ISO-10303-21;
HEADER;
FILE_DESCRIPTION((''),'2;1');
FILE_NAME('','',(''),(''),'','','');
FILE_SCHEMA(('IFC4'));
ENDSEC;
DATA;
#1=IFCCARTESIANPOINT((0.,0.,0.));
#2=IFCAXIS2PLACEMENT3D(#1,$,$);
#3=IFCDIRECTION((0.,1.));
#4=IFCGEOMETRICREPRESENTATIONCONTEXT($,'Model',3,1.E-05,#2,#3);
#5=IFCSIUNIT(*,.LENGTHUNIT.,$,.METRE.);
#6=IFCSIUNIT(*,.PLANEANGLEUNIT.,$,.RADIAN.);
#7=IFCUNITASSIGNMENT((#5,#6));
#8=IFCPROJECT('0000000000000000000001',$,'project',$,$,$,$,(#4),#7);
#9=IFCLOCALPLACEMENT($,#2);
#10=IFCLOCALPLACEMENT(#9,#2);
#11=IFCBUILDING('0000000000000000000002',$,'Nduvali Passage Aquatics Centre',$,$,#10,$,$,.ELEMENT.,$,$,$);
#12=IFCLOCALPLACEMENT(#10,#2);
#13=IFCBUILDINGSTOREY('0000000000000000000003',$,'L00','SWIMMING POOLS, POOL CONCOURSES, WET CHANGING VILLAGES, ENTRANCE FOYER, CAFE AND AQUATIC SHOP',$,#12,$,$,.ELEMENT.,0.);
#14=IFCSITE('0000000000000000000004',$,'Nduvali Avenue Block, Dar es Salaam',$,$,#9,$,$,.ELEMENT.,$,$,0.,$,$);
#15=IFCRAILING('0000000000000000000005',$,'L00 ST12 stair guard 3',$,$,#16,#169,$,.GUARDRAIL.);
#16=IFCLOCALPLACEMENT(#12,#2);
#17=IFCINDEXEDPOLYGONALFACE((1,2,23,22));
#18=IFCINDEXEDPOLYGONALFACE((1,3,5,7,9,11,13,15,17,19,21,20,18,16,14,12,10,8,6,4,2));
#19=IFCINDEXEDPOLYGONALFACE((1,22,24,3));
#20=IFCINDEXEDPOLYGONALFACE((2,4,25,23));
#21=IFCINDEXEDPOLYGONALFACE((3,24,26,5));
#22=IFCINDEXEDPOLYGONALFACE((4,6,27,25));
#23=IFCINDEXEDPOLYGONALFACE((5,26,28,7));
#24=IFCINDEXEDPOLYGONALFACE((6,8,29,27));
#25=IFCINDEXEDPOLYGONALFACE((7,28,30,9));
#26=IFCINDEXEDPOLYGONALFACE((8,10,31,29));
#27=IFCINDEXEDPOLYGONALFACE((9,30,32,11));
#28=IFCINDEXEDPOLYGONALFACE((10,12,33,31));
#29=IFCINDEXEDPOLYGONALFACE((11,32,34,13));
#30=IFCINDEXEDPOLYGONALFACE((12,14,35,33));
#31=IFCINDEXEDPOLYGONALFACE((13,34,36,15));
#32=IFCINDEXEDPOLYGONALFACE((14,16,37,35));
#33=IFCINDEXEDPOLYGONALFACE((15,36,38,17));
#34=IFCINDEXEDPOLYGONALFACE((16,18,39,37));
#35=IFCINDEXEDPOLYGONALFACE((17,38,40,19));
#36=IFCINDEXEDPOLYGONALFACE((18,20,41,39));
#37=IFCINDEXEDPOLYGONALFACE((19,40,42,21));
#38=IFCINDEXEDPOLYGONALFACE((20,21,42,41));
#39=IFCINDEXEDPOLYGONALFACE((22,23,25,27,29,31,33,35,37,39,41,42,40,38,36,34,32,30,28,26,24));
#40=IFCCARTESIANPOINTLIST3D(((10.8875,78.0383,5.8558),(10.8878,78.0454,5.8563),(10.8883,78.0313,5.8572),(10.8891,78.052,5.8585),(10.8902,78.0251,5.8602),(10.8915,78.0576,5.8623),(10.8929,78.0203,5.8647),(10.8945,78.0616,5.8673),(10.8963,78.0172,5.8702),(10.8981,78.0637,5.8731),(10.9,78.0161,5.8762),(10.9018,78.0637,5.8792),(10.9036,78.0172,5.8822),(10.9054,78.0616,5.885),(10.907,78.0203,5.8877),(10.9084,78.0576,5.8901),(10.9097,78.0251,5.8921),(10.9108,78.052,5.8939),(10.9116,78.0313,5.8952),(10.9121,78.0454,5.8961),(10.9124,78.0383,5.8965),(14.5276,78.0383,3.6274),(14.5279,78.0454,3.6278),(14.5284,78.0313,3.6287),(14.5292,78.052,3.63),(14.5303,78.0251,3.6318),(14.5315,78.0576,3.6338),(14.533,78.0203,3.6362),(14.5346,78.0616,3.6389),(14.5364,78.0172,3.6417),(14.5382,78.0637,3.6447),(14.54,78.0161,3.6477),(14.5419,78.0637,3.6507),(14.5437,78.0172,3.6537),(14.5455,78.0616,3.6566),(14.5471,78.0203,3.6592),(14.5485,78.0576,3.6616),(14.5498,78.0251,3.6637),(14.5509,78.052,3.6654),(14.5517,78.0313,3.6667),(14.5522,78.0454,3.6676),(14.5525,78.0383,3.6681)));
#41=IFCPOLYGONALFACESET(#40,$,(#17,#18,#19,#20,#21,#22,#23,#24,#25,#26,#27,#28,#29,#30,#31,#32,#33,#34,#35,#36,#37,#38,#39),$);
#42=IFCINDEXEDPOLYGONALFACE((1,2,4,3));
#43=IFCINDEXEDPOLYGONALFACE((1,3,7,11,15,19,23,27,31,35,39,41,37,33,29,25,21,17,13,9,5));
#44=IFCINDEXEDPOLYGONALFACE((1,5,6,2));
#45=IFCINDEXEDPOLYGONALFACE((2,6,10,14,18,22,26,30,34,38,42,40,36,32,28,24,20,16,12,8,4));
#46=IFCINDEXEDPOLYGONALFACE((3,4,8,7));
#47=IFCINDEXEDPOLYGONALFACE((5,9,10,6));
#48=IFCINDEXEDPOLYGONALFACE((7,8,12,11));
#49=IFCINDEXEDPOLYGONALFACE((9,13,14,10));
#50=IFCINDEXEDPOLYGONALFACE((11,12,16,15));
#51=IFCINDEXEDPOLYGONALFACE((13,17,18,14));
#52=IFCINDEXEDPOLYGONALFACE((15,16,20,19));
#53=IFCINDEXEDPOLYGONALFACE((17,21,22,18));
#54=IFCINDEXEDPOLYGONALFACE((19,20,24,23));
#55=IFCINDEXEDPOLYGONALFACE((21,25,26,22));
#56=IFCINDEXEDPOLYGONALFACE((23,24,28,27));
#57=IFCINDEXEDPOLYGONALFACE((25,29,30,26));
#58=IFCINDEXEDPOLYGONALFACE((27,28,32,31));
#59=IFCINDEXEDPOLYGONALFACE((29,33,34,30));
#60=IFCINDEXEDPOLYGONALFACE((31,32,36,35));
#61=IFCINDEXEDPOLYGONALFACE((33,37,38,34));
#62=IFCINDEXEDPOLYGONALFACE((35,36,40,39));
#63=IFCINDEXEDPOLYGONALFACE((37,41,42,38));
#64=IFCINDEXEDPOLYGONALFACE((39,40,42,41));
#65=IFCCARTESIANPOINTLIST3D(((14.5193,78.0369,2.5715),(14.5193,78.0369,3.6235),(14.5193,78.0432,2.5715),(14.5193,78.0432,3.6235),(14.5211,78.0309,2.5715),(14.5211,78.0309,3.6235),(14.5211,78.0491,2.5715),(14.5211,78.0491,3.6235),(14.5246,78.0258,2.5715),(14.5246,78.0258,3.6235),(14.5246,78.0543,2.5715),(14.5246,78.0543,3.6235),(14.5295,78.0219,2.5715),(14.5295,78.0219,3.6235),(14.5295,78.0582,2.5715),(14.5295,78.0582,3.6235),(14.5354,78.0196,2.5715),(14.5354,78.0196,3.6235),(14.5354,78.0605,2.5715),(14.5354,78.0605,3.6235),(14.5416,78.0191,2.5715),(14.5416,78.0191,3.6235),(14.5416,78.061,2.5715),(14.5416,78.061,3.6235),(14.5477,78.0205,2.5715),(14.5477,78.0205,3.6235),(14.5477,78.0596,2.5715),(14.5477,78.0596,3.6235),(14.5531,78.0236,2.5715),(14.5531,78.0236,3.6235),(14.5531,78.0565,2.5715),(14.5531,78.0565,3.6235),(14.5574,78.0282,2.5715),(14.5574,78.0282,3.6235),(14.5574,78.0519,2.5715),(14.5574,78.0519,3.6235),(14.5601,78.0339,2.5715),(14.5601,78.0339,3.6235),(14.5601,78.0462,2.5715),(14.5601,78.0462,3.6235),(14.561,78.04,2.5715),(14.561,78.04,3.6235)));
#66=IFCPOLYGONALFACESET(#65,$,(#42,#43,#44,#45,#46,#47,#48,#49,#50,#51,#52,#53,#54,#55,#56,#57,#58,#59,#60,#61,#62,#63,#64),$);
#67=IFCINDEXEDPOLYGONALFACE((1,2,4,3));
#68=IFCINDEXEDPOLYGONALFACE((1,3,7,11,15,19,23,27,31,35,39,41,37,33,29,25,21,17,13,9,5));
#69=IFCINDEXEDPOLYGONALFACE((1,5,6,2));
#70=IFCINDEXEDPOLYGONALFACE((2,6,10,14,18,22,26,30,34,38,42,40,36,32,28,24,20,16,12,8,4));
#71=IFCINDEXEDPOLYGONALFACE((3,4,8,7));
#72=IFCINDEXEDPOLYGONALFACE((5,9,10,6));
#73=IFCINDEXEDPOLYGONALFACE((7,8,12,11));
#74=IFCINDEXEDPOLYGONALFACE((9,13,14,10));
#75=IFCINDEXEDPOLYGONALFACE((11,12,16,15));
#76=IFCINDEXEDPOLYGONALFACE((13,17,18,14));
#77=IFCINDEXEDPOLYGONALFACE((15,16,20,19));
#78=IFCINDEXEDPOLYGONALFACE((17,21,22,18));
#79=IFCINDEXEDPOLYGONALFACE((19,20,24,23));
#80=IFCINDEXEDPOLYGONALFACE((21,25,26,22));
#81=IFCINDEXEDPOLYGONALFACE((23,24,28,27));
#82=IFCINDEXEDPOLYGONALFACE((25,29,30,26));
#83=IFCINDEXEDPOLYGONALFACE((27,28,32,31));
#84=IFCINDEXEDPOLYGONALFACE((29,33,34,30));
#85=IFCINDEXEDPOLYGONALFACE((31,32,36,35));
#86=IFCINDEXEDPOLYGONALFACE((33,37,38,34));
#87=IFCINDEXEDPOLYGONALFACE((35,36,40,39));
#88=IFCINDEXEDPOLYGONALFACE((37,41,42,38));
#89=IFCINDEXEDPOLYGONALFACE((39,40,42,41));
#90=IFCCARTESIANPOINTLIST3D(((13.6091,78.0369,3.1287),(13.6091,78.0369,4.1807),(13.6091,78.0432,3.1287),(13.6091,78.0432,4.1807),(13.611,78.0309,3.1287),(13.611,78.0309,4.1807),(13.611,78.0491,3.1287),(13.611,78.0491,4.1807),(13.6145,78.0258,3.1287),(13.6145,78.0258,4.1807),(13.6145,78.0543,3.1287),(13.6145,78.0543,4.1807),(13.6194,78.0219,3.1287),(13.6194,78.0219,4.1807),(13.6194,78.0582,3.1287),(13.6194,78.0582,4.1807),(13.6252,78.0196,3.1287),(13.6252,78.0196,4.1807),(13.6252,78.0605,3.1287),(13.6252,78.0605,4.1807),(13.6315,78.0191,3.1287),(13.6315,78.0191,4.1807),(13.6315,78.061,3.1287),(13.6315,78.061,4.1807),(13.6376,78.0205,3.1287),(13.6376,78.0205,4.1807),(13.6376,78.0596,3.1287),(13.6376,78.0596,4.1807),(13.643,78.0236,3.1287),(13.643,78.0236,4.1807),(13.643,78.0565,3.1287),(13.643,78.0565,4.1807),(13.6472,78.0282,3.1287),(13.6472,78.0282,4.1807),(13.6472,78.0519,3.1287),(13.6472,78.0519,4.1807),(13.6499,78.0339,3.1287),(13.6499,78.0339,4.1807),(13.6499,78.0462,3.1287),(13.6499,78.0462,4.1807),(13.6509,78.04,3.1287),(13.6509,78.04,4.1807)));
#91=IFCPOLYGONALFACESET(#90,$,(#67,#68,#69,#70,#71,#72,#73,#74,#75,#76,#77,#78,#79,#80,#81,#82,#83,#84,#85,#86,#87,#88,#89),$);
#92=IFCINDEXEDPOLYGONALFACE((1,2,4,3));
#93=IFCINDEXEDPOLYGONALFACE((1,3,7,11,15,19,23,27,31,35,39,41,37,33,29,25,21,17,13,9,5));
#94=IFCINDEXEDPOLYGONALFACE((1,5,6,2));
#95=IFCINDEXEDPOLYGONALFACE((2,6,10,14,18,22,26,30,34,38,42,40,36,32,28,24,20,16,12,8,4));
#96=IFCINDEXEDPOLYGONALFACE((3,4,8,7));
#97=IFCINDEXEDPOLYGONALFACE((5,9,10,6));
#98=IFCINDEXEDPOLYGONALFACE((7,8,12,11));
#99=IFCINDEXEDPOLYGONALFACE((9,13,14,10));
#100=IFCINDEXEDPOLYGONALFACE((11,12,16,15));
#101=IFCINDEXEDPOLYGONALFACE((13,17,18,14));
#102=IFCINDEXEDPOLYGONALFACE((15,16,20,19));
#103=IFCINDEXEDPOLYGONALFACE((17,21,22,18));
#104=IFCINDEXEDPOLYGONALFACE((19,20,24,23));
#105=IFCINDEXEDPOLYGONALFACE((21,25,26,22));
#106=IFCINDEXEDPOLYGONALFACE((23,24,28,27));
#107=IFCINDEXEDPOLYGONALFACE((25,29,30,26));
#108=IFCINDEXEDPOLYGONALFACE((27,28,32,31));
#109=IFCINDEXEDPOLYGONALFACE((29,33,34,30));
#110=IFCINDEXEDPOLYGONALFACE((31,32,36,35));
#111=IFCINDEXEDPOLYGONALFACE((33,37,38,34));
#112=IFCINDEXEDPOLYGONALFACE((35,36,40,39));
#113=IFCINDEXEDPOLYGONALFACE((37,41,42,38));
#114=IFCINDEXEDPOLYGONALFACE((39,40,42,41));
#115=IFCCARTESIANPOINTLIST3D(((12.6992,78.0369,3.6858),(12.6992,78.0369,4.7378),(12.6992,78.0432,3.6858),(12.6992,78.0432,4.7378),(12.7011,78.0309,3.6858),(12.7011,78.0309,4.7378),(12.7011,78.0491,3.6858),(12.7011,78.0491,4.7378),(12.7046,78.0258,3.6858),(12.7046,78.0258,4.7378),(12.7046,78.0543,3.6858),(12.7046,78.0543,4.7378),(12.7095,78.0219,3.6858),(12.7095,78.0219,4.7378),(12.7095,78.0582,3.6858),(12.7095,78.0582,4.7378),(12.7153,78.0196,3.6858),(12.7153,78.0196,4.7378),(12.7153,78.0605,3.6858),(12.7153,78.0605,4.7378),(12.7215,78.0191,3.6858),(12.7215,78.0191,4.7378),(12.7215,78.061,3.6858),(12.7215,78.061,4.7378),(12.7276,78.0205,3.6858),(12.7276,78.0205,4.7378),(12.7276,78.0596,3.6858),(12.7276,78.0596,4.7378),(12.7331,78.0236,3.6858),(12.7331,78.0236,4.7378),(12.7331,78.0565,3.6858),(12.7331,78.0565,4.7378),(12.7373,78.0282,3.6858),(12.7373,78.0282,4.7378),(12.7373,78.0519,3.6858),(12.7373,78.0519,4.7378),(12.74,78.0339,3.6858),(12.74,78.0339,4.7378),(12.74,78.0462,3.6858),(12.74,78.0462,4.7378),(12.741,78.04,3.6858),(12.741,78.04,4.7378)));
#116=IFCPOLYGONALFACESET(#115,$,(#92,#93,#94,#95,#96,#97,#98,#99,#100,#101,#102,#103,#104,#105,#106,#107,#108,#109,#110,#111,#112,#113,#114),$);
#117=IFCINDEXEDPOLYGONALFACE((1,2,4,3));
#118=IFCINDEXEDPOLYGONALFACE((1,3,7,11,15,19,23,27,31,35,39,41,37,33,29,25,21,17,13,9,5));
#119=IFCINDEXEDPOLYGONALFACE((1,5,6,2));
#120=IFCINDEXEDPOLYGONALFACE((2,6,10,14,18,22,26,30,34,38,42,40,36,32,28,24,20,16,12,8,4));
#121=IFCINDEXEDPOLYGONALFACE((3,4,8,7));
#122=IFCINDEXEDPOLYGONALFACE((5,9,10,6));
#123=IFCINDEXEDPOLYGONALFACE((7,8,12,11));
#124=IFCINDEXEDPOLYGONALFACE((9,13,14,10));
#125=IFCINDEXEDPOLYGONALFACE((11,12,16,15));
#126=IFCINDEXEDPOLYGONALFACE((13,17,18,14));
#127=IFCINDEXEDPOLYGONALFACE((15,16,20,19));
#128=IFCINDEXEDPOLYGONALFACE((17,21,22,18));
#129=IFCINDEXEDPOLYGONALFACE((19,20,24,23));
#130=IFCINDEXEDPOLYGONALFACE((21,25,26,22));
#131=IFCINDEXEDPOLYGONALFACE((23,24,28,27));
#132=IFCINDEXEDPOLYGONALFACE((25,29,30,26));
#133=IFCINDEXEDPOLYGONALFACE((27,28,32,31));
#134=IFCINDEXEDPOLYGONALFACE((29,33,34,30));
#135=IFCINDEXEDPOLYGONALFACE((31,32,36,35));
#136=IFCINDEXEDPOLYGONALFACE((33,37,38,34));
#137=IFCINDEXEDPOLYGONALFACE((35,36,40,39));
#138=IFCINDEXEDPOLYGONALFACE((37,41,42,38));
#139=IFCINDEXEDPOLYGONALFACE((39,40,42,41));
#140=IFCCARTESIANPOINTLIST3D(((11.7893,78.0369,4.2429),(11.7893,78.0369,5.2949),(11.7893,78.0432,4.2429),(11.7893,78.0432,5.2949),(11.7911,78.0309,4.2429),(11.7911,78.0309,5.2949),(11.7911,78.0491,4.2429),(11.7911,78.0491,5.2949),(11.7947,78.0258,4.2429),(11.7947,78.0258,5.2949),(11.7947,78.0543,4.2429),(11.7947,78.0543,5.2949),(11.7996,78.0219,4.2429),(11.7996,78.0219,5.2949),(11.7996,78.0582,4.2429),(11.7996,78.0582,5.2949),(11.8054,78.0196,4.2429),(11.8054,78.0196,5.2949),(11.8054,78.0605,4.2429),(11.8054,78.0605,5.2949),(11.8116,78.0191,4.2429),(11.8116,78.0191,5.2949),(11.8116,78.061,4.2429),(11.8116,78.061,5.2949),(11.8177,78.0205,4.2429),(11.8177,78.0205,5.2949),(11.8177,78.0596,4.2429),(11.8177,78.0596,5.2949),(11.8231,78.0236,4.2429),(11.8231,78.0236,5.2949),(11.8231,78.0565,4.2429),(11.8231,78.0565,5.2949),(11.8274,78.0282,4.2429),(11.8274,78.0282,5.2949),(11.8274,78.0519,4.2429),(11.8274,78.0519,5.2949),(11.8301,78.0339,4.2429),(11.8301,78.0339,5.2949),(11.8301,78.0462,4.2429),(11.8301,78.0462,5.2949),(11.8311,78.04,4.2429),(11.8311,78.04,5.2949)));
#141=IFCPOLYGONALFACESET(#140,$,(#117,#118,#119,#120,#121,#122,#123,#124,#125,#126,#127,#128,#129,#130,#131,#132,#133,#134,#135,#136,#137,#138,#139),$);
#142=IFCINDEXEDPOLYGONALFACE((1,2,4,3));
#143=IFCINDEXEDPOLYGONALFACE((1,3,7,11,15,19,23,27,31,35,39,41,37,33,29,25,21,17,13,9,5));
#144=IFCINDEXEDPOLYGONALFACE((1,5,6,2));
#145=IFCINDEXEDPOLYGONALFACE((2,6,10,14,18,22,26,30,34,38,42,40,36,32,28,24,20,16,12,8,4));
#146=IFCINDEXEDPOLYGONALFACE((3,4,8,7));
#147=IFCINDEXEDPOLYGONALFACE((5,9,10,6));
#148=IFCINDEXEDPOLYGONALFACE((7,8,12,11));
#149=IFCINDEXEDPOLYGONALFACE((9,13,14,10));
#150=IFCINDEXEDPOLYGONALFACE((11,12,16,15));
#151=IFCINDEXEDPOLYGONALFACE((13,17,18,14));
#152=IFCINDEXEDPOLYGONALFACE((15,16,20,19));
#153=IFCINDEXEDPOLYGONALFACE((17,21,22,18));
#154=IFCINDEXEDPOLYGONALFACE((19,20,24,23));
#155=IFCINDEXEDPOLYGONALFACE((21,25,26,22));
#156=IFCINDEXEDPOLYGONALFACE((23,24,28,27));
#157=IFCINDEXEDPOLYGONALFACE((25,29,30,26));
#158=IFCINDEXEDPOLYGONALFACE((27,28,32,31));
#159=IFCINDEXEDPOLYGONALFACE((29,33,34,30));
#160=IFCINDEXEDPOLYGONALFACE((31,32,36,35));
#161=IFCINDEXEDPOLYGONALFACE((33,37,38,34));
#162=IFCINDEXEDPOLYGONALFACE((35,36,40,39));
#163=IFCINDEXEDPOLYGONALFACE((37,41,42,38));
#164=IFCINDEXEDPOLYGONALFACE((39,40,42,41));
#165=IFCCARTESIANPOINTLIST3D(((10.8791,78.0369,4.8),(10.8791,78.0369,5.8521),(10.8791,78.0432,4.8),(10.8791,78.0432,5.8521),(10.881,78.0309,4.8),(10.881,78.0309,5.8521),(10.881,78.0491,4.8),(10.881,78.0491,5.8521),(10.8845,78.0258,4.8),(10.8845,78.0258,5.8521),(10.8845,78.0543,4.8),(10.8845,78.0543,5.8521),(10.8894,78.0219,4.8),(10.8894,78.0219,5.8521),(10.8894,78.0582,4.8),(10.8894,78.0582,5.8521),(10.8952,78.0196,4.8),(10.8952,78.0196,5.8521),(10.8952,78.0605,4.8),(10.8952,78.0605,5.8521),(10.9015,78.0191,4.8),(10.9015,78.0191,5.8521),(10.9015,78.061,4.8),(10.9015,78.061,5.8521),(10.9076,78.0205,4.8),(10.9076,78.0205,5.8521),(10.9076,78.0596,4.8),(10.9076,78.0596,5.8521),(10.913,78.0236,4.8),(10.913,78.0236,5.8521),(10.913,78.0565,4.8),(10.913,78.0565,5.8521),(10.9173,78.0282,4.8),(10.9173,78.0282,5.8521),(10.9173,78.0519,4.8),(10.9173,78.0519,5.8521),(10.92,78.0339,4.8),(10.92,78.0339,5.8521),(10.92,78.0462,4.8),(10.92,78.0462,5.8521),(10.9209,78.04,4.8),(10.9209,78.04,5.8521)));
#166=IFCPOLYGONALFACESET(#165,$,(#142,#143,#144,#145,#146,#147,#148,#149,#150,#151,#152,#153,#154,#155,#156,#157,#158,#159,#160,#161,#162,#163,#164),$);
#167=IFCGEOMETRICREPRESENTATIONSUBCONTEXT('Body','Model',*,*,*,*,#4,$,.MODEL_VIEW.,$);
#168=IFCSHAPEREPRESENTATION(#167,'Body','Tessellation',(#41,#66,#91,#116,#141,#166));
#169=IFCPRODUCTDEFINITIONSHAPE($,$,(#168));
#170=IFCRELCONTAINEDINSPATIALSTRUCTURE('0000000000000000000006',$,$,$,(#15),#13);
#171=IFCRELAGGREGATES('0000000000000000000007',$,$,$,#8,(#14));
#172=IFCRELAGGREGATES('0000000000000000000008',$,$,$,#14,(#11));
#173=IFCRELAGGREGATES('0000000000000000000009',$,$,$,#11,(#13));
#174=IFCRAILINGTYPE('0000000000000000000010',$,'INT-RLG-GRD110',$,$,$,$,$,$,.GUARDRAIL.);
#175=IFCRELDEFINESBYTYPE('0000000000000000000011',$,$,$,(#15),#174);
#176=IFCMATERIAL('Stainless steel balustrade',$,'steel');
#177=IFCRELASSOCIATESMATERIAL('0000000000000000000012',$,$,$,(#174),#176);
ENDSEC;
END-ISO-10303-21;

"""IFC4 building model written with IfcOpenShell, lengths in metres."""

from ifc_helpers import new_model, si_unit, direction, frame, origin, origin_2d, place, context, subcontext, project, spatial, circle, extrude, material, type_object, element, save


model = new_model("IFC4")

# Units and contexts
model_context = context("Model", 3, precision=1e-05, world=origin(), true_north=direction((0.0, 1.0)))
body_context = subcontext(model_context, "Body", "Model", "MODEL_VIEW")
ifc_project = project(units=[si_unit("LENGTHUNIT", "METRE"), si_unit("PLANEANGLEUNIT", "RADIAN")], contexts=[model_context])

# Site, building, storey
site_placement = place(None, origin())
site = spatial("IfcSite", under=ifc_project, at=site_placement, Name="Nduvali Avenue Block, Dar es Salaam", CompositionType="ELEMENT", RefElevation=0.0)
building_placement = place(site_placement, origin())
building = spatial("IfcBuilding", under=site, at=building_placement, Name="Nduvali Passage Aquatics Centre", CompositionType="ELEMENT")
storey_placement = place(building_placement, origin())
storey = spatial("IfcBuildingStorey", under=building, at=storey_placement, Name="L00", Description="SWIMMING POOLS, POOL CONCOURSES, WET CHANGING VILLAGES, ENTRANCE FOYER, CAFE AND AQUATIC SHOP", CompositionType="ELEMENT", Elevation=0.0)

# Railing
ifc_material_1 = material(Name="Stainless steel balustrade", Category="steel")
railing_type_1 = type_object("IfcRailingType", Name="INT-RLG-GRD110", PredefinedType="GUARDRAIL", material=ifc_material_1)
railing_1_placement = place(storey_placement, frame((14.54, 78.04, 2.5715)))
element("IfcRailing", 1, at=railing_1_placement, inside=storey, type_object=railing_type_1, Name="L00 ST12 stair guard 3", PredefinedType="GUARDRAIL", context=body_context, shape_type="SweptSolid", body=[
    extrude(circle(Radius=0.0239, at=origin_2d()), frame((0.0, 0.0, 1.0762), z_axis=(-0.852866, 0.0, 0.52213), x_axis=(0.0, -1.0, 0.0)), (0.0, 0.0, 1.0), 4.2681),
    extrude(circle(Radius=0.021, at=origin_2d()), origin(), (0.0, 0.0, 1.0), 1.052),
    extrude(circle(Radius=0.021, at=origin_2d()), frame((-0.9102, 0.0, 0.5571)), (0.0, 0.0, 1.0), 1.052),
    extrude(circle(Radius=0.021, at=origin_2d()), frame((-1.8201, 0.0, 1.1143)), (0.0, 0.0, 1.0), 1.052),
    extrude(circle(Radius=0.021, at=origin_2d()), frame((-2.73, 0.0, 1.6714)), (0.0, 0.0, 1.0), 1.052),
    extrude(circle(Radius=0.021, at=origin_2d()), frame((-3.6401, 0.0, 2.2285)), (0.0, 0.0, 1.0), 1.052),
])

save(model, "model.ifc")
